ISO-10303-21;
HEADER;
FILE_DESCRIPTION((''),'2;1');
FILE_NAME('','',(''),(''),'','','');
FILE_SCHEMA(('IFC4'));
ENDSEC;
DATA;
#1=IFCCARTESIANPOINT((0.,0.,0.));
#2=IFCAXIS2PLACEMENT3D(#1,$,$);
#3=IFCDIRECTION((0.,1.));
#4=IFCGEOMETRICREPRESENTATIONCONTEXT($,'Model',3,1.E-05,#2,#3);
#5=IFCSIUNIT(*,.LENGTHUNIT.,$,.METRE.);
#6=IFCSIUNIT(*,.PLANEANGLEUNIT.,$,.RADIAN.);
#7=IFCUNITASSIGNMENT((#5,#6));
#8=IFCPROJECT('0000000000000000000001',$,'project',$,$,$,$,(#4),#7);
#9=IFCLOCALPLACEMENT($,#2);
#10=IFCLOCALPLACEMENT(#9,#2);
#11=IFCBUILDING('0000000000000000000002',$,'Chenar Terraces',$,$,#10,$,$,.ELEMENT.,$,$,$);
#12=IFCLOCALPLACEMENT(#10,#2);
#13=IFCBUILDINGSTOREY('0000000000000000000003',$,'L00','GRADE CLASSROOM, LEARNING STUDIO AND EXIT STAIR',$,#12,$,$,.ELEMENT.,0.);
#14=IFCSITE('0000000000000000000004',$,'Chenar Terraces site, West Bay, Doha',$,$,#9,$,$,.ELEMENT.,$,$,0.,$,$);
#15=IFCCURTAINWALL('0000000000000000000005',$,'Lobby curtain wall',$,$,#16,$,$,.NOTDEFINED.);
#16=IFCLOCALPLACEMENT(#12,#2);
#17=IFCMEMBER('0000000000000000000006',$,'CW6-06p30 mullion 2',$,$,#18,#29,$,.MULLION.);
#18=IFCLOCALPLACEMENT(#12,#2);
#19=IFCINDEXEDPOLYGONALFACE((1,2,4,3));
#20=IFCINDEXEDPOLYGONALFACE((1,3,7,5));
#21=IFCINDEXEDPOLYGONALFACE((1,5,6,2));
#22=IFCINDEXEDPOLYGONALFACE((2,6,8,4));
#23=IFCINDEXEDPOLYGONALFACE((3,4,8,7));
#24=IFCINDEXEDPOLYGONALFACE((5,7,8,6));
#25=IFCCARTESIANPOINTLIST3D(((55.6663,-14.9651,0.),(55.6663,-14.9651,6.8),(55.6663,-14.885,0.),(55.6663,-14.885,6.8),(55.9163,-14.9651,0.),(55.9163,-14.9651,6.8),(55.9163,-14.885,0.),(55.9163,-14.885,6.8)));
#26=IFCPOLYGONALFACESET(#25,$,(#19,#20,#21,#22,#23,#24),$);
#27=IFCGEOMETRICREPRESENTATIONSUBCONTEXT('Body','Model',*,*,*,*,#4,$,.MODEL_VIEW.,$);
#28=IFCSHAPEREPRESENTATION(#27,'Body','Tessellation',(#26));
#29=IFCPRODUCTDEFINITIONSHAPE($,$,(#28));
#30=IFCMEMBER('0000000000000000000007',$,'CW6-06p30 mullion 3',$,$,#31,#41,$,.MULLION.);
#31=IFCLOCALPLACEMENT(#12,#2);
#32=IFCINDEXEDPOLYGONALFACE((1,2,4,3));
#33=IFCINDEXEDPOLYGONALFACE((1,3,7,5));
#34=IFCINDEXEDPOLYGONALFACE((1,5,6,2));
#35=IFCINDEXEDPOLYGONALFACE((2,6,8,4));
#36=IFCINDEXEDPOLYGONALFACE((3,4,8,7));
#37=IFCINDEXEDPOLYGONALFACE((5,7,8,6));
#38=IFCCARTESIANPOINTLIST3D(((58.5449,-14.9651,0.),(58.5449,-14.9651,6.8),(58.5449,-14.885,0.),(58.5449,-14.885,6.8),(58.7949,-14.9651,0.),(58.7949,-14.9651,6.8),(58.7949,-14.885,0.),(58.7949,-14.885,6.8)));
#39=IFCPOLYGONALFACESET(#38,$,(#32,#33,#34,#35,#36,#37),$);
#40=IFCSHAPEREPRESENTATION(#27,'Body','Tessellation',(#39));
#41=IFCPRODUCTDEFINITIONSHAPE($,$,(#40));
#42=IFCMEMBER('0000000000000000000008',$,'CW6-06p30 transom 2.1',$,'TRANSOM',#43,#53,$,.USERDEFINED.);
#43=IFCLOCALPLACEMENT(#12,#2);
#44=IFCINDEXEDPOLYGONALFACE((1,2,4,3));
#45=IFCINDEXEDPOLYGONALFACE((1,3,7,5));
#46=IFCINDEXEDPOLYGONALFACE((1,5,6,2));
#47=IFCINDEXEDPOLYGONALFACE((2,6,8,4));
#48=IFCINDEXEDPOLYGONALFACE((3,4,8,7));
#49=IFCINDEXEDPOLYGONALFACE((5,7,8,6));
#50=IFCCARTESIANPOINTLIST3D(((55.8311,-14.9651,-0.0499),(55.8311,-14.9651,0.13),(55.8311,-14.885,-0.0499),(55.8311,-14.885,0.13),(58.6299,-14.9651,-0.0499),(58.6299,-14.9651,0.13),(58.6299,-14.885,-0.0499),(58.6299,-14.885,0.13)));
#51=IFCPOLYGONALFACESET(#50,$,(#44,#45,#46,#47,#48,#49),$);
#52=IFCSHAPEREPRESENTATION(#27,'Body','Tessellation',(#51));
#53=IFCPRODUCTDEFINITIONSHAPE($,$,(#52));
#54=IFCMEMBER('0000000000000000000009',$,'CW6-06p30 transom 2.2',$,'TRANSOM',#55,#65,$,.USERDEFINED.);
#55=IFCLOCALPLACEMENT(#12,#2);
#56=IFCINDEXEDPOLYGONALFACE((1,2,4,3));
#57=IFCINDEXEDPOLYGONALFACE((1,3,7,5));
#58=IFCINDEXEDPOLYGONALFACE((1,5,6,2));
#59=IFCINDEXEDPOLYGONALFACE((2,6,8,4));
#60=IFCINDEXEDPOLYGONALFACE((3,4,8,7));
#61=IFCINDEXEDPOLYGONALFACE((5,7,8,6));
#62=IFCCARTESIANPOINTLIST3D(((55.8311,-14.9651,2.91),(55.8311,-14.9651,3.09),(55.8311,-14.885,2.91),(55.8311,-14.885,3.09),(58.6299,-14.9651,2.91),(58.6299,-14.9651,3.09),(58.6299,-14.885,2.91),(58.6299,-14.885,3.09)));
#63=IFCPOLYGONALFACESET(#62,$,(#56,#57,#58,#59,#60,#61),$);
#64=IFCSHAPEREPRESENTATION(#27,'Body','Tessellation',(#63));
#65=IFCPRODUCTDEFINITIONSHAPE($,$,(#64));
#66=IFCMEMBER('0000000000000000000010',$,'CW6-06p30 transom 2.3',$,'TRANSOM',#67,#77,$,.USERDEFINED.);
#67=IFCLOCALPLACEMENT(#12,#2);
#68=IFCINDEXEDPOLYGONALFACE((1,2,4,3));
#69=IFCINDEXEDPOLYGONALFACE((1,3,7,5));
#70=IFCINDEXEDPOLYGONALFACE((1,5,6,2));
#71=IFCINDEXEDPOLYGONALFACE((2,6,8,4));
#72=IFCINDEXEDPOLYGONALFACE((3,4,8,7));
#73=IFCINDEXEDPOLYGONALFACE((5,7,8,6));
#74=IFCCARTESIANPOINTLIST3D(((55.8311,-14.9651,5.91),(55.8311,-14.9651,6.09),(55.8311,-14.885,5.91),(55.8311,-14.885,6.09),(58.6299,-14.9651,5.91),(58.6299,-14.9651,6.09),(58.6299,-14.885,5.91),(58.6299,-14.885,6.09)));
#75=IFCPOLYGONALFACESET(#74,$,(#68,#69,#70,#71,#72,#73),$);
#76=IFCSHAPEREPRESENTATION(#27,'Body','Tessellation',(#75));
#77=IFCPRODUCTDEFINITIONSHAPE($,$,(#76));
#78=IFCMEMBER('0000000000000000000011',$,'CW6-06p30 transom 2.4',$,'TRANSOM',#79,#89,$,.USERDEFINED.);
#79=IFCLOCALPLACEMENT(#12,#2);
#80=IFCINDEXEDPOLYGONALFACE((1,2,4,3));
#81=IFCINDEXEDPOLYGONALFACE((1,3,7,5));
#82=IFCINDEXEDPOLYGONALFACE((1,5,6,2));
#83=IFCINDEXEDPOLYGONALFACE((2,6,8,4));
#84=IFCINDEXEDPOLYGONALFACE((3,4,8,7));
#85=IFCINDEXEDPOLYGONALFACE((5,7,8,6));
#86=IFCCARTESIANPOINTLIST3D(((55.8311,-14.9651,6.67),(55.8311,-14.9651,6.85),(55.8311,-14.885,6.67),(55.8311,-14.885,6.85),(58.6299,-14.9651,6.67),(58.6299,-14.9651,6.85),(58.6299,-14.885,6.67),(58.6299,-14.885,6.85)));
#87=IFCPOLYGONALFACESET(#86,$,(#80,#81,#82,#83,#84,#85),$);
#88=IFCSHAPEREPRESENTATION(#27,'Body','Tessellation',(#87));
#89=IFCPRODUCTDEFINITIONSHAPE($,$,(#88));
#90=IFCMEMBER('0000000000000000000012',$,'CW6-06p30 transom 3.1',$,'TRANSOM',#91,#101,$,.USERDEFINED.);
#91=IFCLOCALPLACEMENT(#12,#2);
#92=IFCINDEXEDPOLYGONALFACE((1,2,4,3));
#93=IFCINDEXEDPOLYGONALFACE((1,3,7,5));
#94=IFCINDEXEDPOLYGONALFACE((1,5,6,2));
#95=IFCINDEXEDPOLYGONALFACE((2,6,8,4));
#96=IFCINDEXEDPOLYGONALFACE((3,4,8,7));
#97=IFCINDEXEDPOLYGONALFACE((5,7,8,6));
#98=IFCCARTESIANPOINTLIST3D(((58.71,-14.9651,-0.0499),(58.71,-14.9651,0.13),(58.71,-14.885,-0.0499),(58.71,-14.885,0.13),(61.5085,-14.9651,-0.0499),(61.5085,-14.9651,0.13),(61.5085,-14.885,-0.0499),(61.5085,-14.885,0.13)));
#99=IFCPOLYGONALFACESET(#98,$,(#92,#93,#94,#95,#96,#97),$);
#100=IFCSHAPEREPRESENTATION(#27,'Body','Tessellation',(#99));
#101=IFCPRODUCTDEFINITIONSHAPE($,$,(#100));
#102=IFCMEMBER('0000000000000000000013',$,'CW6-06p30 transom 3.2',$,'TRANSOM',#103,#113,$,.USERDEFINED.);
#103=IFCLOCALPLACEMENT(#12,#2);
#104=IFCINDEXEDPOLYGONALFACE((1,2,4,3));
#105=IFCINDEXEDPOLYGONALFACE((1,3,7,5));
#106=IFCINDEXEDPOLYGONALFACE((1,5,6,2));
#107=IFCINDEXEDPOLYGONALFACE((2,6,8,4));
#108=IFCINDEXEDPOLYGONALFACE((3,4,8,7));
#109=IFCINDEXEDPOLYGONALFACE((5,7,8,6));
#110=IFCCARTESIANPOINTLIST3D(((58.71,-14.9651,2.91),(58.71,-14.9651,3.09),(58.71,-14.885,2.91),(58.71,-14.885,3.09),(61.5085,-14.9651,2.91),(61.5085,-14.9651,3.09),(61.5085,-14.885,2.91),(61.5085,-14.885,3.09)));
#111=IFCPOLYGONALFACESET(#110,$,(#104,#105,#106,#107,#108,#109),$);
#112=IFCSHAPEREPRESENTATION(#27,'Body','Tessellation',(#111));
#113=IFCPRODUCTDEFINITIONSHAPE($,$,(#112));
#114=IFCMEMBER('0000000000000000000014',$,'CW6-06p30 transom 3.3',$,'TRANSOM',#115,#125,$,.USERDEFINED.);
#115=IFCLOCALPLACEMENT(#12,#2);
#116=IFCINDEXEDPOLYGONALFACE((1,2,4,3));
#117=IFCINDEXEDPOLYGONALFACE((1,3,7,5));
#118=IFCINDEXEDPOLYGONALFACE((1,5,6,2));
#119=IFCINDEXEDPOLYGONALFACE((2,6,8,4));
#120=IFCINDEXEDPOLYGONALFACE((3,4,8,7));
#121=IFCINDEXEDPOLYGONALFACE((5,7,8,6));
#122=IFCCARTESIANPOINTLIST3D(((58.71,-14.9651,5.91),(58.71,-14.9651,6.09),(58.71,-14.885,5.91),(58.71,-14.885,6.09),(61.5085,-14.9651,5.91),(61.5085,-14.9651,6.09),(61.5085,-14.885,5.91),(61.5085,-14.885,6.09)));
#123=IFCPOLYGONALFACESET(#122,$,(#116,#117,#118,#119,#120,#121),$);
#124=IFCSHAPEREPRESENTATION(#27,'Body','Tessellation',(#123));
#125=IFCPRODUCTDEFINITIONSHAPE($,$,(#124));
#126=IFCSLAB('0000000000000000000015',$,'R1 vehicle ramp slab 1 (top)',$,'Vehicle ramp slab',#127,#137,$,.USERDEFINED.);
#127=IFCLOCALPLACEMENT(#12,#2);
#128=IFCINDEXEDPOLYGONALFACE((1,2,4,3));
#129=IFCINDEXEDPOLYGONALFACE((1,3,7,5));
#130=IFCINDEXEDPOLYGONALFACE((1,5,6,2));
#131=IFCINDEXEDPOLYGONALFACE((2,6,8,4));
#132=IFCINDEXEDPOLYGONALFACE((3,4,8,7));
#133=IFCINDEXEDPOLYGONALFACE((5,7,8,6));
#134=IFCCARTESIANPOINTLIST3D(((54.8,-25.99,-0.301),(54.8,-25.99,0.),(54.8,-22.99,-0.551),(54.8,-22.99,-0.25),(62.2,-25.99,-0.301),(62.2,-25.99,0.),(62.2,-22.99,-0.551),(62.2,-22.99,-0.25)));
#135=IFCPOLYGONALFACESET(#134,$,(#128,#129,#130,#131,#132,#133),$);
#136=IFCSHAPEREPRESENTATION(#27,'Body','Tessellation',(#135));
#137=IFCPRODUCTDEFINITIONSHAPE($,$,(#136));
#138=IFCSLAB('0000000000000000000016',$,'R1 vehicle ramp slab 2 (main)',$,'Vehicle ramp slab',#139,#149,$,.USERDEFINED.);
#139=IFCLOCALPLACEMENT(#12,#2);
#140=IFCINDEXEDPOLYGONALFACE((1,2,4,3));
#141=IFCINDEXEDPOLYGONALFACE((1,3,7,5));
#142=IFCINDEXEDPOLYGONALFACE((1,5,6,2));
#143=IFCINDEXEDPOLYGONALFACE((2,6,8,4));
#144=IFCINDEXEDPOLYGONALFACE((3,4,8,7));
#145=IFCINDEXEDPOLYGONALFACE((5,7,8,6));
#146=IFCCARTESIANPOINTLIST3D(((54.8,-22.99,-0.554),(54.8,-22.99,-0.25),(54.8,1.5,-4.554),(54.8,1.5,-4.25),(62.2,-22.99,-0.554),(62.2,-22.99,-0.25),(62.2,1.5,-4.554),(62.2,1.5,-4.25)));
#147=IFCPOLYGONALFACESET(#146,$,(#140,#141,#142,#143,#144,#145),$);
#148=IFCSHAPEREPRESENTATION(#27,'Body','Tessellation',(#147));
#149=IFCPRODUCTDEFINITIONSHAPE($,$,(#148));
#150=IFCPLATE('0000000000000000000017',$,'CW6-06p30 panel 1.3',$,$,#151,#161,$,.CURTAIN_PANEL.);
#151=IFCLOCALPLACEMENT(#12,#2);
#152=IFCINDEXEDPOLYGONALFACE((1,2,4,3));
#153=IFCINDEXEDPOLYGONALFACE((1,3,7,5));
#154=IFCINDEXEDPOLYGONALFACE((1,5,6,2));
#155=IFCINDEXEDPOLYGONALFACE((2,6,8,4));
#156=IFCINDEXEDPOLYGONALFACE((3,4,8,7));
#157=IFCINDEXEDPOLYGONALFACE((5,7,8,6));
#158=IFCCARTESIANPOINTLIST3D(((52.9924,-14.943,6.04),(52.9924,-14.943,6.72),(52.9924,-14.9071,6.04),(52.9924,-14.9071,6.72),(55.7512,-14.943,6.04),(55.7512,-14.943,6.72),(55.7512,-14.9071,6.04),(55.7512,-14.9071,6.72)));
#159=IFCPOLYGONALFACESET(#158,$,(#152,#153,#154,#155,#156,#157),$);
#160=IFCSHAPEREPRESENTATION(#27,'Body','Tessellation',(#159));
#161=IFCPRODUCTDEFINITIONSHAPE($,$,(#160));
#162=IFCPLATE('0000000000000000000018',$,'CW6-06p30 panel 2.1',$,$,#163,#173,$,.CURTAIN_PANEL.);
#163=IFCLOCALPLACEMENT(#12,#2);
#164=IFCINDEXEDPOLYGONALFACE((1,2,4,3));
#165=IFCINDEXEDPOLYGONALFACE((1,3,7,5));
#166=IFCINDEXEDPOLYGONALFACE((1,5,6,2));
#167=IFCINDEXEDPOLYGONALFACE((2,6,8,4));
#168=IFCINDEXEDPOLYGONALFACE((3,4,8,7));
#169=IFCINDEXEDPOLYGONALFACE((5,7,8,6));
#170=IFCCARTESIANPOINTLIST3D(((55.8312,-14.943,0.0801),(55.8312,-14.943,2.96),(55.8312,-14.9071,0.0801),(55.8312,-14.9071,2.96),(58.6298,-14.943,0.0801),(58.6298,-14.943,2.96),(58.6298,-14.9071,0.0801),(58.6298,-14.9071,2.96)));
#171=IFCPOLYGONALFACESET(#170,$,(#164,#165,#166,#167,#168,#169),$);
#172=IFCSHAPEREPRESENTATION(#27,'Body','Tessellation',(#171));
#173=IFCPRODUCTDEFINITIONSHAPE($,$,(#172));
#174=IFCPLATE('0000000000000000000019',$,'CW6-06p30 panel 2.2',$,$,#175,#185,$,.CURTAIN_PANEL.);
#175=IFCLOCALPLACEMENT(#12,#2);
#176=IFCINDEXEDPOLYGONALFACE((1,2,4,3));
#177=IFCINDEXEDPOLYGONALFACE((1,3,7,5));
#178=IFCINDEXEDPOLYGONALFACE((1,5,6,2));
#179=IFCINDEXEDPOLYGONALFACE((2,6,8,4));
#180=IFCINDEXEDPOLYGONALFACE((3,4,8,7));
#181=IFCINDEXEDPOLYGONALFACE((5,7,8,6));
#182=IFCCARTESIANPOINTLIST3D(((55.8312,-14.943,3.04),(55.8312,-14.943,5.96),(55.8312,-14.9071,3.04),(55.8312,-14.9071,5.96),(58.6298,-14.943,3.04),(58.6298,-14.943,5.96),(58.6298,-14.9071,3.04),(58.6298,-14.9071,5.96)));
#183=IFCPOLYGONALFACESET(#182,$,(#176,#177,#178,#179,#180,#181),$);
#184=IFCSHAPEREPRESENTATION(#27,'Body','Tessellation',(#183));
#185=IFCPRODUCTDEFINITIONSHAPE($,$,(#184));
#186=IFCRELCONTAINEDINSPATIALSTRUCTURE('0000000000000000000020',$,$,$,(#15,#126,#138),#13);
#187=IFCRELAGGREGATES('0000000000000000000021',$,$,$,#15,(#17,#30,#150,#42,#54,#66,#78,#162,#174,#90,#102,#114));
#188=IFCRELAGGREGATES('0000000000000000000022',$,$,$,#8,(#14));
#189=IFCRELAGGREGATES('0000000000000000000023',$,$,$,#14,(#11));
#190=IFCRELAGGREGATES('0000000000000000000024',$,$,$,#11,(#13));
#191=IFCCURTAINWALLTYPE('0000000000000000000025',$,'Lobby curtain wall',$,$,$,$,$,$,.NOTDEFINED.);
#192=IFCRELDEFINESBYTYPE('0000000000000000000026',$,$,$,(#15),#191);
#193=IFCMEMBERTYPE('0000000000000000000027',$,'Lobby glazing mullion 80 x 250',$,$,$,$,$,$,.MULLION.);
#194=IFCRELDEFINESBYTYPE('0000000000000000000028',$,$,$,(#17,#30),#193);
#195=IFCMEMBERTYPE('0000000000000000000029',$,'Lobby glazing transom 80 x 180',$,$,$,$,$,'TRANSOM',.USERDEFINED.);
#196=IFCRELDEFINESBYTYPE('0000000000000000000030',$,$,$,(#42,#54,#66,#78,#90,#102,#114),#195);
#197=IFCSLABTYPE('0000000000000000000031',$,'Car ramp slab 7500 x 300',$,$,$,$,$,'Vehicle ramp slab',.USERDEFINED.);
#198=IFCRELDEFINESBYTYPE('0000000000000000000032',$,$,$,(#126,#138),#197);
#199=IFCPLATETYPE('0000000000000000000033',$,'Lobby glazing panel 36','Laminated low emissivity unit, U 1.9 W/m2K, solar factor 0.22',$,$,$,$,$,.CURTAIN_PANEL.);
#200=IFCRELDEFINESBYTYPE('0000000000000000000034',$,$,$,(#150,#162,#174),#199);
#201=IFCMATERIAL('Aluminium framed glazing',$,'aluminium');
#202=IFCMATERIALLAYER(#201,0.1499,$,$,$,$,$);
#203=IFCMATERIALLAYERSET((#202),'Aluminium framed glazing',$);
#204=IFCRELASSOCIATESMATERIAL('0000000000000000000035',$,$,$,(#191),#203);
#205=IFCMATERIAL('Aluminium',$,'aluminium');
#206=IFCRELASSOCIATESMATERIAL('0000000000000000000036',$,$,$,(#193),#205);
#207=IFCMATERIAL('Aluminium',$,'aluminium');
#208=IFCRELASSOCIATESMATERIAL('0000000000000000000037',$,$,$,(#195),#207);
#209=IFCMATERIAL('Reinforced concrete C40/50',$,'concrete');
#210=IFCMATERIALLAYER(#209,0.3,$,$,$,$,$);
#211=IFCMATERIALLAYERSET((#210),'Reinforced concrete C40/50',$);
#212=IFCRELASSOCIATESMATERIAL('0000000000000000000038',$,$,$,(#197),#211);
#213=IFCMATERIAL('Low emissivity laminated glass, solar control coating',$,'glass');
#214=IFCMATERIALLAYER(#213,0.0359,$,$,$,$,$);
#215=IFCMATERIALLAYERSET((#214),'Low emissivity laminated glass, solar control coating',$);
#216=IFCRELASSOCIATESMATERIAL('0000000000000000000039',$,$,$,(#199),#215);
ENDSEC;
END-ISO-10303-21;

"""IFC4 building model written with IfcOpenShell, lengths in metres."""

from ifc_helpers import new_model, si_unit, direction, frame, origin, origin_2d, place, context, subcontext, project, spatial, polyline, rectangle, outline, extrude, material, layer, layer_set, material_profile, profile_set, type_object, element, aggregate, save


model = new_model("IFC4")

# Units and contexts
model_context = context("Model", 3, precision=1e-05, world=origin(), true_north=direction((0.0, 1.0)))
body_context = subcontext(model_context, "Body", "Model", "MODEL_VIEW")
ifc_project = project(units=[si_unit("LENGTHUNIT", "METRE"), si_unit("PLANEANGLEUNIT", "RADIAN")], contexts=[model_context])

# Site, building, storey
site_placement = place(None, origin())
site = spatial("IfcSite", under=ifc_project, at=site_placement, Name="Chenar Terraces site, West Bay, Doha", CompositionType="ELEMENT", RefElevation=0.0)
building_placement = place(site_placement, origin())
building = spatial("IfcBuilding", under=site, at=building_placement, Name="Chenar Terraces", CompositionType="ELEMENT")
storey_placement = place(building_placement, origin())
storey = spatial("IfcBuildingStorey", under=building, at=storey_placement, Name="L00", Description="GRADE CLASSROOM, LEARNING STUDIO AND EXIT STAIR", CompositionType="ELEMENT", Elevation=0.0)

# Curtain wall, members
ifc_material_1 = material(Name="Aluminium framed glazing", Category="aluminium")
ifc_layer_1 = layer(ifc_material_1, 0.1499)
ifc_layer_set_1 = layer_set([ifc_layer_1], Name="Aluminium framed glazing")
curtain_wall_type = type_object("IfcCurtainWallType", Name="Lobby curtain wall", PredefinedType="NOTDEFINED", material=ifc_layer_set_1)
curtain_wall_placement = place(storey_placement, origin())
curtain_wall = element("IfcCurtainWall", 1, at=curtain_wall_placement, inside=storey, type_object=curtain_wall_type, Name="Lobby curtain wall", PredefinedType="NOTDEFINED")
ifc_material_2 = material(Name="Aluminium", Category="aluminium")
ifc_material_profile_1 = material_profile(ifc_material_2, rectangle(XDim=0.0801, YDim=0.25, at=origin_2d()), Name="Lobby glazing mullion 80 x 250")
ifc_profile_set_1 = profile_set([ifc_material_profile_1], Name="Aluminium")
member_type_1 = type_object("IfcMemberType", Name="Lobby glazing mullion 80 x 250", PredefinedType="MULLION", material=ifc_profile_set_1)
member_1_placement = place(storey_placement, frame((55.7913, -14.925, 0.0), z_axis=(0.0, 0.0, 1.0), x_axis=(0.0, 1.0, 0.0)))
member_1 = element("IfcMember", 2, at=member_1_placement, type_object=member_type_1, Name="CW6-06p30 mullion 2", PredefinedType="MULLION", context=body_context, shape_type="SweptSolid", body=[
    extrude(rectangle(XDim=0.0801, YDim=0.25, at=origin_2d()), origin(), (0.0, 0.0, 1.0), 6.8),
])
member_2_placement = place(storey_placement, frame((58.6699, -14.925, 0.0), z_axis=(0.0, 0.0, 1.0), x_axis=(0.0, 1.0, 0.0)))
member_2 = element("IfcMember", 3, at=member_2_placement, type_object=member_type_1, Name="CW6-06p30 mullion 3", PredefinedType="MULLION", context=body_context, shape_type="SweptSolid", body=[
    extrude(rectangle(XDim=0.0801, YDim=0.25, at=origin_2d()), origin(), (0.0, 0.0, 1.0), 6.8),
])
ifc_material_3 = material(Name="Aluminium", Category="aluminium")
ifc_material_profile_2 = material_profile(ifc_material_3, rectangle(XDim=0.0801, YDim=0.1799, at=origin_2d()), Name="Lobby glazing transom 80 x 180")
ifc_profile_set_2 = profile_set([ifc_material_profile_2], Name="Aluminium")
member_type_2 = type_object("IfcMemberType", Name="Lobby glazing transom 80 x 180", ElementType="TRANSOM", PredefinedType="USERDEFINED", material=ifc_profile_set_2)
member_3_placement = place(storey_placement, frame((55.8311, -14.925, 0.04), z_axis=(1.0, 0.0, 0.0), x_axis=(0.0, 1.0, 0.0)))
member_3 = element("IfcMember", 4, at=member_3_placement, type_object=member_type_2, Name="CW6-06p30 transom 2.1", ObjectType="TRANSOM", PredefinedType="USERDEFINED", context=body_context, shape_type="SweptSolid", body=[
    extrude(rectangle(XDim=0.0801, YDim=0.1799, at=origin_2d()), origin(), (0.0, 0.0, 1.0), 2.7988),
])
member_4_placement = place(storey_placement, frame((55.8311, -14.925, 3.0), z_axis=(1.0, 0.0, 0.0), x_axis=(0.0, 1.0, 0.0)))
member_4 = element("IfcMember", 5, at=member_4_placement, type_object=member_type_2, Name="CW6-06p30 transom 2.2", ObjectType="TRANSOM", PredefinedType="USERDEFINED", context=body_context, shape_type="SweptSolid", body=[
    extrude(rectangle(XDim=0.0801, YDim=0.1799, at=origin_2d()), origin(), (0.0, 0.0, 1.0), 2.7988),
])
member_5_placement = place(storey_placement, frame((55.8311, -14.925, 6.0), z_axis=(1.0, 0.0, 0.0), x_axis=(0.0, 1.0, 0.0)))
member_5 = element("IfcMember", 6, at=member_5_placement, type_object=member_type_2, Name="CW6-06p30 transom 2.3", ObjectType="TRANSOM", PredefinedType="USERDEFINED", context=body_context, shape_type="SweptSolid", body=[
    extrude(rectangle(XDim=0.0801, YDim=0.1799, at=origin_2d()), origin(), (0.0, 0.0, 1.0), 2.7988),
])
member_6_placement = place(storey_placement, frame((55.8311, -14.925, 6.76), z_axis=(1.0, 0.0, 0.0), x_axis=(0.0, 1.0, 0.0)))
member_6 = element("IfcMember", 7, at=member_6_placement, type_object=member_type_2, Name="CW6-06p30 transom 2.4", ObjectType="TRANSOM", PredefinedType="USERDEFINED", context=body_context, shape_type="SweptSolid", body=[
    extrude(rectangle(XDim=0.0801, YDim=0.1799, at=origin_2d()), origin(), (0.0, 0.0, 1.0), 2.7988),
])
member_7_placement = place(storey_placement, frame((58.71, -14.925, 0.04), z_axis=(1.0, 0.0, 0.0), x_axis=(0.0, 1.0, 0.0)))
member_7 = element("IfcMember", 8, at=member_7_placement, type_object=member_type_2, Name="CW6-06p30 transom 3.1", ObjectType="TRANSOM", PredefinedType="USERDEFINED", context=body_context, shape_type="SweptSolid", body=[
    extrude(rectangle(XDim=0.0801, YDim=0.1799, at=origin_2d()), origin(), (0.0, 0.0, 1.0), 2.7986),
])
member_8_placement = place(storey_placement, frame((58.71, -14.925, 3.0), z_axis=(1.0, 0.0, 0.0), x_axis=(0.0, 1.0, 0.0)))
member_8 = element("IfcMember", 9, at=member_8_placement, type_object=member_type_2, Name="CW6-06p30 transom 3.2", ObjectType="TRANSOM", PredefinedType="USERDEFINED", context=body_context, shape_type="SweptSolid", body=[
    extrude(rectangle(XDim=0.0801, YDim=0.1799, at=origin_2d()), origin(), (0.0, 0.0, 1.0), 2.7986),
])
member_9_placement = place(storey_placement, frame((58.71, -14.925, 6.0), z_axis=(1.0, 0.0, 0.0), x_axis=(0.0, 1.0, 0.0)))
member_9 = element("IfcMember", 10, at=member_9_placement, type_object=member_type_2, Name="CW6-06p30 transom 3.3", ObjectType="TRANSOM", PredefinedType="USERDEFINED", context=body_context, shape_type="SweptSolid", body=[
    extrude(rectangle(XDim=0.0801, YDim=0.1799, at=origin_2d()), origin(), (0.0, 0.0, 1.0), 2.7986),
])

# Slabs
ifc_material_4 = material(Name="Reinforced concrete C40/50", Category="concrete")
ifc_layer_2 = layer(ifc_material_4, 0.3)
ifc_layer_set_2 = layer_set([ifc_layer_2], Name="Reinforced concrete C40/50")
slab_type = type_object("IfcSlabType", Name="Car ramp slab 7500 x 300", ElementType="Vehicle ramp slab", PredefinedType="USERDEFINED", material=ifc_layer_set_2)
slab_1_placement = place(storey_placement, frame((54.8, -25.99, 0.0), z_axis=(0.0, 0.083045, 0.996546), x_axis=(0.0, 0.996546, -0.083045)))
element("IfcSlab", 11, at=slab_1_placement, inside=storey, type_object=slab_type, Name="R1 vehicle ramp slab 1 (top)", ObjectType="Vehicle ramp slab", PredefinedType="USERDEFINED", context=body_context, shape_type="SweptSolid", body=[
    extrude(outline(polyline([(0.0, 0.0), (3.0104, 0.0), (3.0104, -7.3999), (0.0, -7.3999), (0.0, 0.0)])), origin(), (0.083045, 0.0, -0.996546), 0.301),
])
slab_2_placement = place(storey_placement, frame((54.8, -22.99, -0.25), z_axis=(0.0, 0.161196, 0.986922), x_axis=(0.0, 0.986922, -0.161196)))
element("IfcSlab", 12, at=slab_2_placement, inside=storey, type_object=slab_type, Name="R1 vehicle ramp slab 2 (main)", ObjectType="Vehicle ramp slab", PredefinedType="USERDEFINED", context=body_context, shape_type="SweptSolid", body=[
    extrude(outline(polyline([(0.0, 0.0), (24.8145, 0.0), (24.8145, -7.3999), (0.0, -7.3999), (0.0, 0.0)])), origin(), (0.161196, 0.0, -0.986922), 0.304),
])

# Plates
ifc_material_5 = material(Name="Low emissivity laminated glass, solar control coating", Category="glass")
ifc_layer_3 = layer(ifc_material_5, 0.0359)
ifc_layer_set_3 = layer_set([ifc_layer_3], Name="Low emissivity laminated glass, solar control coating")
plate_type = type_object("IfcPlateType", Name="Lobby glazing panel 36", Description="Laminated low emissivity unit, U 1.9 W/m2K, solar factor 0.22", PredefinedType="CURTAIN_PANEL", material=ifc_layer_set_3)
plate_1_placement = place(storey_placement, frame((54.3718, -14.925, 6.04), z_axis=(0.0, 0.0, 1.0), x_axis=(1.0, 0.0, 0.0)))
plate_1 = element("IfcPlate", 13, at=plate_1_placement, type_object=plate_type, Name="CW6-06p30 panel 1.3", PredefinedType="CURTAIN_PANEL", context=body_context, shape_type="SweptSolid", body=[
    extrude(rectangle(XDim=2.7588, YDim=0.0359, at=origin_2d()), origin(), (0.0, 0.0, 1.0), 0.6799),
])
plate_2_placement = place(storey_placement, frame((57.2305, -14.925, 0.0801), z_axis=(0.0, 0.0, 1.0), x_axis=(1.0, 0.0, 0.0)))
plate_2 = element("IfcPlate", 14, at=plate_2_placement, type_object=plate_type, Name="CW6-06p30 panel 2.1", PredefinedType="CURTAIN_PANEL", context=body_context, shape_type="SweptSolid", body=[
    extrude(rectangle(XDim=2.7986, YDim=0.0359, at=origin_2d()), origin(), (0.0, 0.0, 1.0), 2.8799),
])
plate_3_placement = place(storey_placement, frame((57.2305, -14.925, 3.04), z_axis=(0.0, 0.0, 1.0), x_axis=(1.0, 0.0, 0.0)))
plate_3 = element("IfcPlate", 15, at=plate_3_placement, type_object=plate_type, Name="CW6-06p30 panel 2.2", PredefinedType="CURTAIN_PANEL", context=body_context, shape_type="SweptSolid", body=[
    extrude(rectangle(XDim=2.7986, YDim=0.0359, at=origin_2d()), origin(), (0.0, 0.0, 1.0), 2.9199),
])
aggregate(curtain_wall, [member_1, member_2, plate_1, member_3, member_4, member_5, member_6, plate_2, plate_3, member_7, member_8, member_9])

save(model, "model.ifc")
